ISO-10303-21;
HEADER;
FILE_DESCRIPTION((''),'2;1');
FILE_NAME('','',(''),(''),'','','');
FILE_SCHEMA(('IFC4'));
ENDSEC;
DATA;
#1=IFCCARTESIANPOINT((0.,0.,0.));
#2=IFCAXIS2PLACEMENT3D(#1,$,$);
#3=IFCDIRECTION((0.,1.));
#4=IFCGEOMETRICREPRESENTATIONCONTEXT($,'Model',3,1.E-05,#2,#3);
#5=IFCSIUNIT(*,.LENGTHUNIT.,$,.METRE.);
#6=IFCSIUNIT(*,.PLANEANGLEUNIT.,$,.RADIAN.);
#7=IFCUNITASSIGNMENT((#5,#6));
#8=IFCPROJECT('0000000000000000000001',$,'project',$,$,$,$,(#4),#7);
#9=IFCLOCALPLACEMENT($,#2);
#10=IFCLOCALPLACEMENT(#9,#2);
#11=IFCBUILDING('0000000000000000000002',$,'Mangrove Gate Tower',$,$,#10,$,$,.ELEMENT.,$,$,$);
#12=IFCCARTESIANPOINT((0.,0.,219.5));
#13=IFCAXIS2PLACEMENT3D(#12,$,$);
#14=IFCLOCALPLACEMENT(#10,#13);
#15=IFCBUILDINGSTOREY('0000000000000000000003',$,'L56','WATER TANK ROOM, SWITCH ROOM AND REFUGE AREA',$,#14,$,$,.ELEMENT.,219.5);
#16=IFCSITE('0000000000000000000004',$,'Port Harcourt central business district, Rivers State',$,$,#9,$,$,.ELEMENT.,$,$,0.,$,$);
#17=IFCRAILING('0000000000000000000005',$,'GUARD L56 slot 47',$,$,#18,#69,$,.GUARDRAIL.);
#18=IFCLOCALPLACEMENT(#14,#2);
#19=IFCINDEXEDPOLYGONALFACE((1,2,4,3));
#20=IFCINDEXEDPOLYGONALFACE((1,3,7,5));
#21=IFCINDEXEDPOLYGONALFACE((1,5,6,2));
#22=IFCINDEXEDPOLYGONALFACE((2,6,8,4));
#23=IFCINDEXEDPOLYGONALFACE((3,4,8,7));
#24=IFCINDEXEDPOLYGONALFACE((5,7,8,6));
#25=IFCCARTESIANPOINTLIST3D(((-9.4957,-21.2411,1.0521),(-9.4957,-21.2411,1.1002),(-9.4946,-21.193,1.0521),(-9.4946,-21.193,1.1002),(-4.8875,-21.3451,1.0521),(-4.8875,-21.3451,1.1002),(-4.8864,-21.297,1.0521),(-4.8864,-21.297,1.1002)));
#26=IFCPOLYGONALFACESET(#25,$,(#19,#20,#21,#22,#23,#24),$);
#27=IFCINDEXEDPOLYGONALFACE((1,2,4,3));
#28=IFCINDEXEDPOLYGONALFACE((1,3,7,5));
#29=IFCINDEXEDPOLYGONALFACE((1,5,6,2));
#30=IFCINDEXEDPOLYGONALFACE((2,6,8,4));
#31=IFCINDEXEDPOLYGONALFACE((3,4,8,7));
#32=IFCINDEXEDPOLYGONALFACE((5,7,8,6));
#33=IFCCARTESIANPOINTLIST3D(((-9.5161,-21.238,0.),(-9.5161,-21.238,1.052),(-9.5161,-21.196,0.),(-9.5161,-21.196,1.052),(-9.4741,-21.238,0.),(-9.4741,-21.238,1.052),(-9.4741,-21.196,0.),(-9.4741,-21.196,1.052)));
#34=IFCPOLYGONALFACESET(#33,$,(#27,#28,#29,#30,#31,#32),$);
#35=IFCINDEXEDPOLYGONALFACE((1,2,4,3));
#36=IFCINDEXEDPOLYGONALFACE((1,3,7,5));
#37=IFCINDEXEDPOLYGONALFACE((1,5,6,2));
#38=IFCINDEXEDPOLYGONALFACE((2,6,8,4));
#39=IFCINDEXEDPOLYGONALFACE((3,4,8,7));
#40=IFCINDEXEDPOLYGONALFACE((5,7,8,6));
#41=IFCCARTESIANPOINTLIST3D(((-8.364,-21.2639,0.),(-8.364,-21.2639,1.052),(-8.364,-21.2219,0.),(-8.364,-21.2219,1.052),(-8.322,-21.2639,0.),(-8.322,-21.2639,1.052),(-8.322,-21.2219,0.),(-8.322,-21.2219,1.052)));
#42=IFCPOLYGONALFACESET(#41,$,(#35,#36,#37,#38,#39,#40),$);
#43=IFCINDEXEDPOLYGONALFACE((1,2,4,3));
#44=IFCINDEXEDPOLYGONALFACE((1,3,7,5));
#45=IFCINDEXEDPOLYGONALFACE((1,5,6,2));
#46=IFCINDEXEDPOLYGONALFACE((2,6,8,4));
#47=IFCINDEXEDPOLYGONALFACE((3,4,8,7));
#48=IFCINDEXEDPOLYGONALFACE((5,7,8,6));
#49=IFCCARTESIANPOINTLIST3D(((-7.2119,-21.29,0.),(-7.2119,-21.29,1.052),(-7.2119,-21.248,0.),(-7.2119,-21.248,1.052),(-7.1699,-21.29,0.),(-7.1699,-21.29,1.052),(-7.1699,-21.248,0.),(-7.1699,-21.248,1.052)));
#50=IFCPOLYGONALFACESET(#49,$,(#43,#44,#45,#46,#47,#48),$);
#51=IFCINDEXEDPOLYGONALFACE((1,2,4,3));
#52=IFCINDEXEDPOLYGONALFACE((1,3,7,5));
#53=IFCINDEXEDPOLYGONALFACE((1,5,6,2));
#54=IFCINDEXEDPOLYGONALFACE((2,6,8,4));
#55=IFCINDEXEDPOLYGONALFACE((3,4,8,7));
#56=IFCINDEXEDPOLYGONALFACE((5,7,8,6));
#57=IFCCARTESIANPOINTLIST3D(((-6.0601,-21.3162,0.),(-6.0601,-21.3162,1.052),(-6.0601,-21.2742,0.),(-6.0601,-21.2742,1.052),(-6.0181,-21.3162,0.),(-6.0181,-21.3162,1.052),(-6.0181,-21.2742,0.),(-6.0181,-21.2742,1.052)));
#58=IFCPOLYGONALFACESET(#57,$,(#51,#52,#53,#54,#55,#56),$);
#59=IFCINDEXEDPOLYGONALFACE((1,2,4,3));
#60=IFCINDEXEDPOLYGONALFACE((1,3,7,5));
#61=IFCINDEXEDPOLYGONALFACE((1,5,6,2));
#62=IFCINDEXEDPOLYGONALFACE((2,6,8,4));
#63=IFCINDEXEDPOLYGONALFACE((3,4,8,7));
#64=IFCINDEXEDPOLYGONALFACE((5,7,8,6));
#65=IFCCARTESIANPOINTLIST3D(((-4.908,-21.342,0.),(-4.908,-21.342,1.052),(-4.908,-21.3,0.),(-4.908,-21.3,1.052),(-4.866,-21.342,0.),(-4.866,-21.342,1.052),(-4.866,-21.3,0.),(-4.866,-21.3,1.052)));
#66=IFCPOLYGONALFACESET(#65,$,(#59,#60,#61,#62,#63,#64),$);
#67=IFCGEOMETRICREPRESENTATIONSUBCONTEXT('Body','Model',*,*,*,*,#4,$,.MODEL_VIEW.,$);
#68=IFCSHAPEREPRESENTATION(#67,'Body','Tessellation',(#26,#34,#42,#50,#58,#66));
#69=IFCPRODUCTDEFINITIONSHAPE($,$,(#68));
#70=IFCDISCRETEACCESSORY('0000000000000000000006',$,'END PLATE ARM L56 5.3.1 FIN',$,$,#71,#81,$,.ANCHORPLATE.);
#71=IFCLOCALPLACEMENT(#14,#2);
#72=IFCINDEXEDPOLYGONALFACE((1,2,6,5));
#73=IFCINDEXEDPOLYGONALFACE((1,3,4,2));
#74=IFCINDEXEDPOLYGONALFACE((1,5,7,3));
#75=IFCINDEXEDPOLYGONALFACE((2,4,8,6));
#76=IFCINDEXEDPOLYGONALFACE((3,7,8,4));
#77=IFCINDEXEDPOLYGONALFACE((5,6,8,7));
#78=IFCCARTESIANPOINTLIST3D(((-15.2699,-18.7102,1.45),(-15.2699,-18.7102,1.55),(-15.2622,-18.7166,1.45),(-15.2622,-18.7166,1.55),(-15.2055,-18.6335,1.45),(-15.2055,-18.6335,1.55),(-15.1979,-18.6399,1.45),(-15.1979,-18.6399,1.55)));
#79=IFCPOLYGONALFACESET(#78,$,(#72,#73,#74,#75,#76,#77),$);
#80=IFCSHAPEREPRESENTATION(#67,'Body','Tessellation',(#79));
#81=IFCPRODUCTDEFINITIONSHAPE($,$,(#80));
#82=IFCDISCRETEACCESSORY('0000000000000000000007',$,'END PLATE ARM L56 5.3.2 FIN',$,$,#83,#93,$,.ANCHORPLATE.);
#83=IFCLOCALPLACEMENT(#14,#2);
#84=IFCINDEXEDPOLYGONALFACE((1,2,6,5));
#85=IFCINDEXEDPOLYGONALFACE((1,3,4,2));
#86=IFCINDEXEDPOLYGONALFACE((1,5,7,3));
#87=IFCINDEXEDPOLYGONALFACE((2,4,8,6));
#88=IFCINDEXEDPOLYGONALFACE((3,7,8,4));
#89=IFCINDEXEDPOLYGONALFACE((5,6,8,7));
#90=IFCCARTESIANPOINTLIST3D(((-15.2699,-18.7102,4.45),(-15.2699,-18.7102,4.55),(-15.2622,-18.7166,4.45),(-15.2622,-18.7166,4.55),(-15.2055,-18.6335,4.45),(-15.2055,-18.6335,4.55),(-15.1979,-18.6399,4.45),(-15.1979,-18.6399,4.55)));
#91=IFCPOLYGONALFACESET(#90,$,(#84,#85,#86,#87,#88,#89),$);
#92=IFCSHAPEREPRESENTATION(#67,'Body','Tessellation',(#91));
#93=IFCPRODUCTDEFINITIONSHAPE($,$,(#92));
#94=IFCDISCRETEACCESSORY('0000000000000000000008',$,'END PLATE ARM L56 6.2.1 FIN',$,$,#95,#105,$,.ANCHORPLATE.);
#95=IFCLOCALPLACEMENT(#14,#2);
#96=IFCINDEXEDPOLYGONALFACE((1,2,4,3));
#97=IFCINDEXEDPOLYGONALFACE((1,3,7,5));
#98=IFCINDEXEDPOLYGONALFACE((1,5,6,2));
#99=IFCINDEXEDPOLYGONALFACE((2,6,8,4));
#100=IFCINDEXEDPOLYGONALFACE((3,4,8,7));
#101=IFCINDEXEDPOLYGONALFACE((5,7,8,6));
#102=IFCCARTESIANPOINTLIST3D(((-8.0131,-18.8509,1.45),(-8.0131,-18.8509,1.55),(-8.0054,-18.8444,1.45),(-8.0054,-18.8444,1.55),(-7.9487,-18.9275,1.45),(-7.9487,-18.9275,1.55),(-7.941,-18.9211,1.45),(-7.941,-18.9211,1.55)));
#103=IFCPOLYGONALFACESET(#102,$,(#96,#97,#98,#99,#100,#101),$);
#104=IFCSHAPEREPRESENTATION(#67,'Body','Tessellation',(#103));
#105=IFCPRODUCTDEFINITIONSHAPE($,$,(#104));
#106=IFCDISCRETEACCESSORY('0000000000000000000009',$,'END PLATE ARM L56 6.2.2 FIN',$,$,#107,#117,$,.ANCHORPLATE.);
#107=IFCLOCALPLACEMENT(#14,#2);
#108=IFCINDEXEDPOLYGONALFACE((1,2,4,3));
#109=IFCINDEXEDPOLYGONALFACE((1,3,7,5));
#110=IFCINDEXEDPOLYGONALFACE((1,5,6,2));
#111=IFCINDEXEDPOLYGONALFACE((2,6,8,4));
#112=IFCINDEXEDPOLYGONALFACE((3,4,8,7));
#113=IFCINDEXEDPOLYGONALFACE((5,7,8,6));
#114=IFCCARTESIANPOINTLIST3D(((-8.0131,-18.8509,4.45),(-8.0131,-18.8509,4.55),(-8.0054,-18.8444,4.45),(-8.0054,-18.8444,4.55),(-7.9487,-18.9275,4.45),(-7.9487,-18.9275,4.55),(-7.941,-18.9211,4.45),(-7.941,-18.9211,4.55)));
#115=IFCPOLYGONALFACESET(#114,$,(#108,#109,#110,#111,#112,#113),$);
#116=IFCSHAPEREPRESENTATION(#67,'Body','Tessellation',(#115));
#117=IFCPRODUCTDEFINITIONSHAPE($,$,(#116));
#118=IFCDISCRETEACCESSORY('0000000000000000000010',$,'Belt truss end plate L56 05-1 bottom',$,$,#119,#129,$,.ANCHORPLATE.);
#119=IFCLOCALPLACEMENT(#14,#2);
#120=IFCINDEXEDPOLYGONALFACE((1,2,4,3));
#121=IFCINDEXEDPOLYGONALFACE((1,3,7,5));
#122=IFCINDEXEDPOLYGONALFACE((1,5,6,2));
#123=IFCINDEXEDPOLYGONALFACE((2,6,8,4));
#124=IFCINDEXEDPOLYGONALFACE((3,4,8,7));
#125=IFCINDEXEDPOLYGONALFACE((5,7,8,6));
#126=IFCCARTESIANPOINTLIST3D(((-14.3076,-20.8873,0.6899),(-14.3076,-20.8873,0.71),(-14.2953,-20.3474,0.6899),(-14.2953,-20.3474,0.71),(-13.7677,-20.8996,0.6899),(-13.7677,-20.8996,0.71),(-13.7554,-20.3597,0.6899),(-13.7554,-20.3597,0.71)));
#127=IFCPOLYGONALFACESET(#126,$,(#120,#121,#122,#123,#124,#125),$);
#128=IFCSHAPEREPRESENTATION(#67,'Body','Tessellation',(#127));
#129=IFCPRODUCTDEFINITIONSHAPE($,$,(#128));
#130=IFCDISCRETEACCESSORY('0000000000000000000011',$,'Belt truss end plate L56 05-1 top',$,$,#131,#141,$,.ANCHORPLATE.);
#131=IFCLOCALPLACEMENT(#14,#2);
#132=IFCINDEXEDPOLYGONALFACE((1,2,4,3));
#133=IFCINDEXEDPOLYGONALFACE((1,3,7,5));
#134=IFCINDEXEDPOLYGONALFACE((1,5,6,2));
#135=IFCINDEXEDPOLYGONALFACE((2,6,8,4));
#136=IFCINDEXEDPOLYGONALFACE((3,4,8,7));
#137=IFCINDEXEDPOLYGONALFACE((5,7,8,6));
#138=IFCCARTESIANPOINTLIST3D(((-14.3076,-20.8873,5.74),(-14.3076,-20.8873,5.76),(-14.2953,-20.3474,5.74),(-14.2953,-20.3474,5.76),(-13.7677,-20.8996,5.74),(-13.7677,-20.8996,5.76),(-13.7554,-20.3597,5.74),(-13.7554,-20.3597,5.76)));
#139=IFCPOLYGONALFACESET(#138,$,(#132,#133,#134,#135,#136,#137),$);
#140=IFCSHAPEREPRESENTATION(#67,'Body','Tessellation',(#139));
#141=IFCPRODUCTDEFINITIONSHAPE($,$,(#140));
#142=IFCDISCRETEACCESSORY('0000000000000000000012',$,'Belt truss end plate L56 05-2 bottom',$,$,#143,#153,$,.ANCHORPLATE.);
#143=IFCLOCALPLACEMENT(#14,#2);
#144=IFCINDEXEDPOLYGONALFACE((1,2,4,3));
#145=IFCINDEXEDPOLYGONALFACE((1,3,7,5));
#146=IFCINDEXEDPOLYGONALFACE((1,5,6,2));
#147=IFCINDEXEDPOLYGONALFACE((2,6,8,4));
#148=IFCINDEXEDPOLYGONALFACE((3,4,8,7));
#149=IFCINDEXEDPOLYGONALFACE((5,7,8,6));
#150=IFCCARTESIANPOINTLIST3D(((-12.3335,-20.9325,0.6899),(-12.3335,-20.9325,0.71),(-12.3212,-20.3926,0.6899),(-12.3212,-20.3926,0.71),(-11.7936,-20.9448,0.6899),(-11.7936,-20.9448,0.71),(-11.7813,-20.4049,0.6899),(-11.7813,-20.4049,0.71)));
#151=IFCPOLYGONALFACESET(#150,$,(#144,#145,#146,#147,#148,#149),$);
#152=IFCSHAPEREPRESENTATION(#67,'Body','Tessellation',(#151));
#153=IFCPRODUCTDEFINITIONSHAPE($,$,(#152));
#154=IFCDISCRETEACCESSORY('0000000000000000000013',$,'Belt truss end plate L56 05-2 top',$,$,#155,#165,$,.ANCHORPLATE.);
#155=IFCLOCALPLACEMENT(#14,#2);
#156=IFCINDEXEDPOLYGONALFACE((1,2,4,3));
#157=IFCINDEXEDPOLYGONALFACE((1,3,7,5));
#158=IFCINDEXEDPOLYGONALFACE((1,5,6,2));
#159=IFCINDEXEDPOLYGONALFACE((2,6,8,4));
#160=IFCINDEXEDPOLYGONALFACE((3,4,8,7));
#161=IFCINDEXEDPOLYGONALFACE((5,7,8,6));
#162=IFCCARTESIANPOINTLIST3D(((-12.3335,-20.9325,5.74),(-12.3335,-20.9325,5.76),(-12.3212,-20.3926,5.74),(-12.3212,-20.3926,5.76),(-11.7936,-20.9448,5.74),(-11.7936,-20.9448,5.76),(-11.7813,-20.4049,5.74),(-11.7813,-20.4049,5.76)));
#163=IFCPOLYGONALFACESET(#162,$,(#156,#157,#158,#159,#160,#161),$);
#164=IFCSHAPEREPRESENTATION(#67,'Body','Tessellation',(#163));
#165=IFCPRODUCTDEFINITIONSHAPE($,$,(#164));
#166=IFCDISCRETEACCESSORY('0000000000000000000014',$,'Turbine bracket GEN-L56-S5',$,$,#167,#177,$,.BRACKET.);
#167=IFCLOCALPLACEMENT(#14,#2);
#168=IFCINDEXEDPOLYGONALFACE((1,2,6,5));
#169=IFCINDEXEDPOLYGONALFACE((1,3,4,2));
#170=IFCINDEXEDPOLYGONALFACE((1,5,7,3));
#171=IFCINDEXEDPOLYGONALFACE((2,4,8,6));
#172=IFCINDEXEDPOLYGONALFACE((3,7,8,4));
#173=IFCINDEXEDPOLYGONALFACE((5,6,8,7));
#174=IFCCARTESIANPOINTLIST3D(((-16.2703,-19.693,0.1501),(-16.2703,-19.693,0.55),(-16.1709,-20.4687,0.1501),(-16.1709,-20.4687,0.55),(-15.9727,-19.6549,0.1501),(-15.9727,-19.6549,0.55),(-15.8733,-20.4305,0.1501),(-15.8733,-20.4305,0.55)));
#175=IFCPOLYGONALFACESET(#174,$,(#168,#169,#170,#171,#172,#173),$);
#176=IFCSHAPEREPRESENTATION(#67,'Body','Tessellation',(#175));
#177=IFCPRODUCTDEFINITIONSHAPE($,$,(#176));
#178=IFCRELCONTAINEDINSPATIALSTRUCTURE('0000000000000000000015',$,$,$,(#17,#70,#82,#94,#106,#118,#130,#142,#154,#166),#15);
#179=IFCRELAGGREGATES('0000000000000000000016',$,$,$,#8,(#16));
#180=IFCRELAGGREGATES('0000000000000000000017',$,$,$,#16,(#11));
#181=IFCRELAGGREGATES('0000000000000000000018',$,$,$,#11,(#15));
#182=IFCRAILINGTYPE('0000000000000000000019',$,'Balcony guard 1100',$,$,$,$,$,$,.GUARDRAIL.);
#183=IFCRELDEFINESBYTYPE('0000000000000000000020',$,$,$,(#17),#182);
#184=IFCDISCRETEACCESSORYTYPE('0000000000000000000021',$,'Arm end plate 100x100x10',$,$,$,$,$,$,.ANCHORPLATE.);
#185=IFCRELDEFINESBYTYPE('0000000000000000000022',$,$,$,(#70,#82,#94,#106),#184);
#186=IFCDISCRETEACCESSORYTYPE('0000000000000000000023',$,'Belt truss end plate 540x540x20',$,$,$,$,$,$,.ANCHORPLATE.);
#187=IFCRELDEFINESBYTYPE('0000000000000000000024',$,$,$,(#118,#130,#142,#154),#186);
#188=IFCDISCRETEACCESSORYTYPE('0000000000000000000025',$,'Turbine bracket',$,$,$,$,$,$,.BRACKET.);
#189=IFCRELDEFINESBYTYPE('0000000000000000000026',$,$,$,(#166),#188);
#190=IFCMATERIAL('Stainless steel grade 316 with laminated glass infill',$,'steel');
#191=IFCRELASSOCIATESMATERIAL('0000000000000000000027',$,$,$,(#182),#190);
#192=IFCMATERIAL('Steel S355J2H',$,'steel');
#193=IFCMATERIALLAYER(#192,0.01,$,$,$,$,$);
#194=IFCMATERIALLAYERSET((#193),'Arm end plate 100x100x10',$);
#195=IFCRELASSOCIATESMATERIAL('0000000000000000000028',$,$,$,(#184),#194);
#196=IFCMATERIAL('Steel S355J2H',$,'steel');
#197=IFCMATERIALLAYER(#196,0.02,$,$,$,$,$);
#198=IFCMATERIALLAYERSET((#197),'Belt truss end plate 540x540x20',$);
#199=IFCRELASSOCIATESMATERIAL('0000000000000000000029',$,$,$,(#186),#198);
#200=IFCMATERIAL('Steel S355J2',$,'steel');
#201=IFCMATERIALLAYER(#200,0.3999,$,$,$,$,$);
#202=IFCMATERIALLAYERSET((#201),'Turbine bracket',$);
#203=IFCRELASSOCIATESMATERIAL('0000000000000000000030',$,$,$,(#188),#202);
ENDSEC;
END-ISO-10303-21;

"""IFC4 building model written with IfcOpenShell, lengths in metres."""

from ifc_helpers import new_model, si_unit, direction, frame, origin, origin_2d, place, context, subcontext, project, spatial, rectangle, extrude, material, layer, layer_set, type_object, element, save


model = new_model("IFC4")

# Units and contexts
model_context = context("Model", 3, precision=1e-05, world=origin(), true_north=direction((0.0, 1.0)))
body_context = subcontext(model_context, "Body", "Model", "MODEL_VIEW")
ifc_project = project(units=[si_unit("LENGTHUNIT", "METRE"), si_unit("PLANEANGLEUNIT", "RADIAN")], contexts=[model_context])

# Site, building, storey
site_placement = place(None, origin())
site = spatial("IfcSite", under=ifc_project, at=site_placement, Name="Port Harcourt central business district, Rivers State", CompositionType="ELEMENT", RefElevation=0.0)
building_placement = place(site_placement, origin())
building = spatial("IfcBuilding", under=site, at=building_placement, Name="Mangrove Gate Tower", CompositionType="ELEMENT")
storey_placement = place(building_placement, frame((0.0, 0.0, 219.5)))
storey = spatial("IfcBuildingStorey", under=building, at=storey_placement, Name="L56", Description="WATER TANK ROOM, SWITCH ROOM AND REFUGE AREA", CompositionType="ELEMENT", Elevation=219.5)

# Railing
ifc_material_1 = material(Name="Stainless steel grade 316 with laminated glass infill", Category="steel")
railing_type = type_object("IfcRailingType", Name="Balcony guard 1100", PredefinedType="GUARDRAIL", material=ifc_material_1)
for number, where, name in (
    (1, (-9.4951, -21.217, 0.0), "GUARD L56 slot 47"),
):
    element("IfcRailing", number, at=place(storey_placement, frame(where)), inside=storey, type_object=railing_type, Name=name, PredefinedType="GUARDRAIL", context=body_context, shape_type="SweptSolid", body=[
        extrude(rectangle(XDim=0.0481, YDim=0.0481, at=origin_2d()), frame((0.0, 0.0, 1.0762), z_axis=(0.999745, -0.022564, 0.0), x_axis=(0.022564, 0.999745, 0.0)), (0.0, 0.0, 1.0), 4.6094),
        extrude(rectangle(XDim=0.042, YDim=0.042, at=origin_2d()), origin(), (0.0, 0.0, 1.0), 1.052),
        extrude(rectangle(XDim=0.042, YDim=0.042, at=origin_2d()), frame((1.1521, -0.0259, 0.0)), (0.0, 0.0, 1.0), 1.052),
        extrude(rectangle(XDim=0.042, YDim=0.042, at=origin_2d()), frame((2.3042, -0.052, 0.0)), (0.0, 0.0, 1.0), 1.052),
        extrude(rectangle(XDim=0.042, YDim=0.042, at=origin_2d()), frame((3.4561, -0.0781, 0.0)), (0.0, 0.0, 1.0), 1.052),
        extrude(rectangle(XDim=0.042, YDim=0.042, at=origin_2d()), frame((4.6082, -0.104, 0.0)), (0.0, 0.0, 1.0), 1.052),
    ])

# Discrete accessories
ifc_material_2 = material(Name="Steel S355J2H", Category="steel")
ifc_layer_1 = layer(ifc_material_2, 0.01)
ifc_layer_set_1 = layer_set([ifc_layer_1], Name="Arm end plate 100x100x10")
discrete_accessory_type_1 = type_object("IfcDiscreteAccessoryType", Name="Arm end plate 100x100x10", PredefinedType="ANCHORPLATE", material=ifc_layer_set_1)
for number, where, z_axis, x_axis, name in (
    (2, (-15.2339, -18.675, 1.45), (0.0, 0.0, 1.0), (0.766044, -0.642788, 0.0), "END PLATE ARM L56 5.3.1 FIN"),
    (3, (-15.2339, -18.675, 4.45), (0.0, 0.0, 1.0), (0.766044, -0.642788, 0.0), "END PLATE ARM L56 5.3.2 FIN"),
    (4, (-7.9771, -18.886, 1.45), (0.0, 0.0, 1.0), (-0.766044, -0.642788, 0.0), "END PLATE ARM L56 6.2.1 FIN"),
    (5, (-7.9771, -18.886, 4.45), (0.0, 0.0, 1.0), (-0.766044, -0.642788, 0.0), "END PLATE ARM L56 6.2.2 FIN"),
):
    element("IfcDiscreteAccessory", number, at=place(storey_placement, frame(where, z_axis=z_axis, x_axis=x_axis)), inside=storey, type_object=discrete_accessory_type_1, Name=name, PredefinedType="ANCHORPLATE", context=body_context, shape_type="SweptSolid", body=[
        extrude(rectangle(XDim=0.01, YDim=0.1001, at=origin_2d()), origin(), (0.0, 0.0, 1.0), 0.1001),
    ])
ifc_material_3 = material(Name="Steel S355J2H", Category="steel")
ifc_layer_2 = layer(ifc_material_3, 0.02)
ifc_layer_set_2 = layer_set([ifc_layer_2], Name="Belt truss end plate 540x540x20")
discrete_accessory_type_2 = type_object("IfcDiscreteAccessoryType", Name="Belt truss end plate 540x540x20", PredefinedType="ANCHORPLATE", material=ifc_layer_set_2)
for number, where, z_axis, x_axis, name in (
    (6, (-14.0315, -20.6235, 0.6899), (0.0, 0.0, 1.0), (0.999741, -0.02278, 0.0), "Belt truss end plate L56 05-1 bottom"),
    (7, (-14.0315, -20.6235, 5.74), (0.0, 0.0, 1.0), (0.999741, -0.02278, 0.0), "Belt truss end plate L56 05-1 top"),
    (8, (-12.0574, -20.6687, 0.6899), (0.0, 0.0, 1.0), (0.999741, -0.02278, 0.0), "Belt truss end plate L56 05-2 bottom"),
    (9, (-12.0574, -20.6687, 5.74), (0.0, 0.0, 1.0), (0.999741, -0.02278, 0.0), "Belt truss end plate L56 05-2 top"),
):
    element("IfcDiscreteAccessory", number, at=place(storey_placement, frame(where, z_axis=z_axis, x_axis=x_axis)), inside=storey, type_object=discrete_accessory_type_2, Name=name, PredefinedType="ANCHORPLATE", context=body_context, shape_type="SweptSolid", body=[
        extrude(rectangle(XDim=0.54, YDim=0.54, at=origin_2d()), origin(), (0.0, 0.0, 1.0), 0.02),
    ])
ifc_material_4 = material(Name="Steel S355J2", Category="steel")
ifc_layer_3 = layer(ifc_material_4, 0.3999)
ifc_layer_set_3 = layer_set([ifc_layer_3], Name="Turbine bracket")
discrete_accessory_type_3 = type_object("IfcDiscreteAccessoryType", Name="Turbine bracket", PredefinedType="BRACKET", material=ifc_layer_set_3)
discrete_accessory_placement = place(storey_placement, frame((-16.0718, -20.0618, 0.1501), z_axis=(0.0, 0.0, 1.0), x_axis=(-0.127113, 0.991888, 0.0)))
element("IfcDiscreteAccessory", 10, at=discrete_accessory_placement, inside=storey, type_object=discrete_accessory_type_3, Name="Turbine bracket GEN-L56-S5", PredefinedType="BRACKET", context=body_context, shape_type="SweptSolid", body=[
    extrude(rectangle(XDim=0.782, YDim=0.3, at=origin_2d()), origin(), (0.0, 0.0, 1.0), 0.3999),
])

save(model, "model.ifc")
